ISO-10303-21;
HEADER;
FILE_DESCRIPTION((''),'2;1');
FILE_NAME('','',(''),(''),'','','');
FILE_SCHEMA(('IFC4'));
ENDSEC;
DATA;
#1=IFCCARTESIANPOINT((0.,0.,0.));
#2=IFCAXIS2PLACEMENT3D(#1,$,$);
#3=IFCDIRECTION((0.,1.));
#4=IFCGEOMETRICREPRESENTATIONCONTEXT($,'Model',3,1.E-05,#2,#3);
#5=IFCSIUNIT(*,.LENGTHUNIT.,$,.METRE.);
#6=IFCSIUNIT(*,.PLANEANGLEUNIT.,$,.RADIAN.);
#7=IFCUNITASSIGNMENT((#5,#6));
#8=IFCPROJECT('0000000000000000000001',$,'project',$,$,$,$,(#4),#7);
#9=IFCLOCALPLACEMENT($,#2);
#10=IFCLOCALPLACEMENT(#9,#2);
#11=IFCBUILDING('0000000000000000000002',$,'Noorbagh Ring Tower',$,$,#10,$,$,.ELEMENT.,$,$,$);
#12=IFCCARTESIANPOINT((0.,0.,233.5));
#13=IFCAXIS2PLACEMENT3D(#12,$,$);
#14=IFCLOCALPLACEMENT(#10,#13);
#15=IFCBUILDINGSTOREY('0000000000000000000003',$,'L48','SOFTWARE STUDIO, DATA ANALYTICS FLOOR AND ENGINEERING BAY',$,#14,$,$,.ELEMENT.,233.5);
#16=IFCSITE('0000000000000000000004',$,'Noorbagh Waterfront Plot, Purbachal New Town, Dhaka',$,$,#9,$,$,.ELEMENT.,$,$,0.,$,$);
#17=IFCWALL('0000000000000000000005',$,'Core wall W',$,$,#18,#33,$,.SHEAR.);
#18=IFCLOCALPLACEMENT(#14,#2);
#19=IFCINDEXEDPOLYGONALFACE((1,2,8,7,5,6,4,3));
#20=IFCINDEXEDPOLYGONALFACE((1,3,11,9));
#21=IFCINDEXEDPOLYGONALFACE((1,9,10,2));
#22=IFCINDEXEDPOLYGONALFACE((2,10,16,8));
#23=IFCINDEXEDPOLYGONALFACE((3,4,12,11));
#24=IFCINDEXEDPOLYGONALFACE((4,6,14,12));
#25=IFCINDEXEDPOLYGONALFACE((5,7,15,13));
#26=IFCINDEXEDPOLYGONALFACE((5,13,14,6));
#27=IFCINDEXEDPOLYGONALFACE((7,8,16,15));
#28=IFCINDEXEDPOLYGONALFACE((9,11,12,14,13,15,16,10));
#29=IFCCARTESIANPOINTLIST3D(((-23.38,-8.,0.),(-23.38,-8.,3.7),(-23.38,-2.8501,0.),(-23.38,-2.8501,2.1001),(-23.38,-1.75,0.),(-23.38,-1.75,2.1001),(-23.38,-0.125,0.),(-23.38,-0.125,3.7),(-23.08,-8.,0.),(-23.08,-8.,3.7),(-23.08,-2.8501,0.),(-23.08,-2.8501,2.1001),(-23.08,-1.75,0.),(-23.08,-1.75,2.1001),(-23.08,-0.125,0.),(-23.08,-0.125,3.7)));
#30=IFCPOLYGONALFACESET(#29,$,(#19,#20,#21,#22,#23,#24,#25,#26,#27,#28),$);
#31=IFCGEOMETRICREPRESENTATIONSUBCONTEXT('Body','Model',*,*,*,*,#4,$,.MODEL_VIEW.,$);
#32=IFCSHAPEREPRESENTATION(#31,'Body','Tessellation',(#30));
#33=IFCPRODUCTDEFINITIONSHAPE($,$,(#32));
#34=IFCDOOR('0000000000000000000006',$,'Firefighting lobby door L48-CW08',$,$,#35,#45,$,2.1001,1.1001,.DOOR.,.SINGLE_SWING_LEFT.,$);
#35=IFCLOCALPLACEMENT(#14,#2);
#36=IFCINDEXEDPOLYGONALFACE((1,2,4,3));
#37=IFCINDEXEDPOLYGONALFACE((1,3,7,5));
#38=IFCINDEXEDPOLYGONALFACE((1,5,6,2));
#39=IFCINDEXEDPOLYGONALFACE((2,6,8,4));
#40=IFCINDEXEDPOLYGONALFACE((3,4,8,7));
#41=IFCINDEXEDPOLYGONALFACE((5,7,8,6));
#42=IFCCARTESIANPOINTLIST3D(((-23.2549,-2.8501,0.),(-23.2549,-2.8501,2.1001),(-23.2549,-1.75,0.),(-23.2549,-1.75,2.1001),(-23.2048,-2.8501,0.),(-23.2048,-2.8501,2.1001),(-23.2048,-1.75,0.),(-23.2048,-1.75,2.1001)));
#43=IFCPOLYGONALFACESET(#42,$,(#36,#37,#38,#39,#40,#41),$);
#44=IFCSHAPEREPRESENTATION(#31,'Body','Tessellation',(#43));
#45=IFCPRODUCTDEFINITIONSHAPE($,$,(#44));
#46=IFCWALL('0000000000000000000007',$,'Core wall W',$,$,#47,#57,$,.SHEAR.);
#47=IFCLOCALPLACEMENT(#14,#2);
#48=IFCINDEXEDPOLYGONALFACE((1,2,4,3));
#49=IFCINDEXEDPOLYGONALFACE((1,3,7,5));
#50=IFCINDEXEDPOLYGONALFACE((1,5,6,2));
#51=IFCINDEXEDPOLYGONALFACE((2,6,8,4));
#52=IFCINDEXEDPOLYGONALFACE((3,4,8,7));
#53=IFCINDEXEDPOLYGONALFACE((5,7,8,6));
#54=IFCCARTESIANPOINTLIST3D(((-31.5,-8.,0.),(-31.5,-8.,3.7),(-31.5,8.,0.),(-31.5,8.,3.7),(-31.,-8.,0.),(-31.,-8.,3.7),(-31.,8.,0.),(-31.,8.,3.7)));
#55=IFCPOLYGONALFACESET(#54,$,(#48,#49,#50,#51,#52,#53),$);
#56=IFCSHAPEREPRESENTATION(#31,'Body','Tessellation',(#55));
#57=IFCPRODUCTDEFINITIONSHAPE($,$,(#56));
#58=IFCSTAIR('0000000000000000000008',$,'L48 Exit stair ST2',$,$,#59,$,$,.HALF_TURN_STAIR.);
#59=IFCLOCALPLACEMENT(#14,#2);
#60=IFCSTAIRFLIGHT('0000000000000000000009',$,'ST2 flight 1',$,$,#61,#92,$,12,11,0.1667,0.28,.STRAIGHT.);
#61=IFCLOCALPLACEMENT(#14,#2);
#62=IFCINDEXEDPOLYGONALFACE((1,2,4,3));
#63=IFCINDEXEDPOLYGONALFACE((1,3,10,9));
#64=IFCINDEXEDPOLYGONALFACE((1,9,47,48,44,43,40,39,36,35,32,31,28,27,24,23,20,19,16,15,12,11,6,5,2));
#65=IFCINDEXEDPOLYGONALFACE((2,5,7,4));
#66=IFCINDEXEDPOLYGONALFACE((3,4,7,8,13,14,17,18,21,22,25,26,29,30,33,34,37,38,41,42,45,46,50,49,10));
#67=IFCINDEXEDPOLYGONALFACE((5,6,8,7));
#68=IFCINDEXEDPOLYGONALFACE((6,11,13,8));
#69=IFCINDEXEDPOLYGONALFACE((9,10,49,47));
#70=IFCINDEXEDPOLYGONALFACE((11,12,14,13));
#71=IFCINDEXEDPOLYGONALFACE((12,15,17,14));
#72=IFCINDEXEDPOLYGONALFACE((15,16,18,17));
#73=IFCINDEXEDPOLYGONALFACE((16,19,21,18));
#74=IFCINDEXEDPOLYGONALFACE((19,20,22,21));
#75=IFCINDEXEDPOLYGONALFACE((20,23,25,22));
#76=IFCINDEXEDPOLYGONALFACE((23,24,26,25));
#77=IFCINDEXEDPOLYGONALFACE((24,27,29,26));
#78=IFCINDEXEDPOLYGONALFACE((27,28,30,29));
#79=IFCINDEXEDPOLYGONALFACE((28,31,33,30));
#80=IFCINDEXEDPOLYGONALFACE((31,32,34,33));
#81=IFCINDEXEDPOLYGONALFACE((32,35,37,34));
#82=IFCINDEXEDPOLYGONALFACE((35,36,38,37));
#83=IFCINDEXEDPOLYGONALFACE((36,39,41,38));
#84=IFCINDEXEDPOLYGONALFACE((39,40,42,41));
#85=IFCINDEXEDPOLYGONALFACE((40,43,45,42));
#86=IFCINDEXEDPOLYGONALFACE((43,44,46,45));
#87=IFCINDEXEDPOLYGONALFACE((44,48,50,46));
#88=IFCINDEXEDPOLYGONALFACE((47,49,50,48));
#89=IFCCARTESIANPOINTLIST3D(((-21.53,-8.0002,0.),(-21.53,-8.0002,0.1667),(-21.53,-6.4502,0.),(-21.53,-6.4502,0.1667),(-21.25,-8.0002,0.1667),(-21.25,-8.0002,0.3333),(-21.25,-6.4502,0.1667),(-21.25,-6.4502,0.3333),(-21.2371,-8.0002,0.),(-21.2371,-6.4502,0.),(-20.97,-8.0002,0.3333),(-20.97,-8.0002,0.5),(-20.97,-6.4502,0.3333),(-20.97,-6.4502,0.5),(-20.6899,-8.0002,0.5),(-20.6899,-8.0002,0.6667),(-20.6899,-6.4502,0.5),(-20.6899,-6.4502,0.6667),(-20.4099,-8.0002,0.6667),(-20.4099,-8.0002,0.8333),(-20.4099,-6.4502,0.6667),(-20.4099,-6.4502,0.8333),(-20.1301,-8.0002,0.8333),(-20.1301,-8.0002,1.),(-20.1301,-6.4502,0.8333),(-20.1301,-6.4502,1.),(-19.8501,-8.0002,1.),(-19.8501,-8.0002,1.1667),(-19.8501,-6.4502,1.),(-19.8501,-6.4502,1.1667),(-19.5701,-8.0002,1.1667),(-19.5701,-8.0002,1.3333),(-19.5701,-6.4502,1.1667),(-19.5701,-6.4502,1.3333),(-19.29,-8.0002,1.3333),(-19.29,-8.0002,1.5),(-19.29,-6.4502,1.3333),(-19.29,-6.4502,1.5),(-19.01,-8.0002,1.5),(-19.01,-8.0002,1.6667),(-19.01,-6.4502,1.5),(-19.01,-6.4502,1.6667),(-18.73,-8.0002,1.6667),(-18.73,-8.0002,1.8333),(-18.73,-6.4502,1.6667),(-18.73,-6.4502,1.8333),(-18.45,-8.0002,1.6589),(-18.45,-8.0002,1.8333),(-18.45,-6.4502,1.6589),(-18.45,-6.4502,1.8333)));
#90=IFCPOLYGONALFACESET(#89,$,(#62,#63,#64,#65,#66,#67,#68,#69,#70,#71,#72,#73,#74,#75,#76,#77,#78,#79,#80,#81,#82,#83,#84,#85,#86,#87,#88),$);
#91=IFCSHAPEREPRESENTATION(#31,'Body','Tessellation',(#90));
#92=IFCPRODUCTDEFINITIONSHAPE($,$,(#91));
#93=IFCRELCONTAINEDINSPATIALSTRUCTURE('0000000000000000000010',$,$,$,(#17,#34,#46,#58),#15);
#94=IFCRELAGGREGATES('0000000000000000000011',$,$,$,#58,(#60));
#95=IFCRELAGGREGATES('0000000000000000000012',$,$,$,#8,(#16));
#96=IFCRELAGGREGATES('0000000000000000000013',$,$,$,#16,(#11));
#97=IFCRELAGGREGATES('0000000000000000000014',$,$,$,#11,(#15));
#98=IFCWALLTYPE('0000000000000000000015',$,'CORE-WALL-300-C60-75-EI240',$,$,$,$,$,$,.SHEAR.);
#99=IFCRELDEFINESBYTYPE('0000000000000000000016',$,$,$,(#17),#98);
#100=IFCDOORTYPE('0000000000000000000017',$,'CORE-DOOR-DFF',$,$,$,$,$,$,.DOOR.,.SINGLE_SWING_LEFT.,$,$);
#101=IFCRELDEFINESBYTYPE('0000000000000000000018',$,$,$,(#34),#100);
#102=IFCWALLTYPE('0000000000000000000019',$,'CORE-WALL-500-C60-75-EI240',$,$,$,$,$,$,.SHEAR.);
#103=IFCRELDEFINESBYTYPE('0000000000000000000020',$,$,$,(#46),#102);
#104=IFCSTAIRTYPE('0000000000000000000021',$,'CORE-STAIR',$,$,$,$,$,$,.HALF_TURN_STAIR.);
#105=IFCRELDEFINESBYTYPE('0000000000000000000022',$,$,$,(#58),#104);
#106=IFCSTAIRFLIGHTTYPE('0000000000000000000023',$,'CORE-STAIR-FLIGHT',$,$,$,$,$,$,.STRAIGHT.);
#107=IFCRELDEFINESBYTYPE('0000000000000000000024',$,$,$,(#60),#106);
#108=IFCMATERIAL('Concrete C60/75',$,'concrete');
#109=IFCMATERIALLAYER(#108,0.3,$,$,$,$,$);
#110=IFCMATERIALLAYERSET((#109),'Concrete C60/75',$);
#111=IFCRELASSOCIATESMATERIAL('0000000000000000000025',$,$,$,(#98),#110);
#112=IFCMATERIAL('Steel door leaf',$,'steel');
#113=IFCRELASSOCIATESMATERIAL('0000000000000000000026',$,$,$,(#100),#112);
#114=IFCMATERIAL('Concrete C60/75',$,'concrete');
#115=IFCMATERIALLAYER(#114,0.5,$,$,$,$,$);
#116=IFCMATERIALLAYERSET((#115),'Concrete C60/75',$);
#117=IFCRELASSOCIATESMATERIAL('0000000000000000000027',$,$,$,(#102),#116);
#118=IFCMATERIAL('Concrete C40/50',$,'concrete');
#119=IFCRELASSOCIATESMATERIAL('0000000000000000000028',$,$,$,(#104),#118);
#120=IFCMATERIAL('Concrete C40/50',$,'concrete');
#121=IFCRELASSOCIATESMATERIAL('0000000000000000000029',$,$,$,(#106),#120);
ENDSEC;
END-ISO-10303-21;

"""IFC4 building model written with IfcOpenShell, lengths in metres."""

from ifc_helpers import new_model, si_unit, direction, frame, frame_2d, origin, place, context, subcontext, project, spatial, polyline, rectangle, outline, extrude, material, layer, layer_set, type_object, element, fill, aggregate, save


model = new_model("IFC4")

# Units and contexts
model_context = context("Model", 3, precision=1e-05, world=origin(), true_north=direction((0.0, 1.0)))
body_context = subcontext(model_context, "Body", "Model", "MODEL_VIEW")
ifc_project = project(units=[si_unit("LENGTHUNIT", "METRE"), si_unit("PLANEANGLEUNIT", "RADIAN")], contexts=[model_context])

# Site, building, storey
site_placement = place(None, origin())
site = spatial("IfcSite", under=ifc_project, at=site_placement, Name="Noorbagh Waterfront Plot, Purbachal New Town, Dhaka", CompositionType="ELEMENT", RefElevation=0.0)
building_placement = place(site_placement, origin())
building = spatial("IfcBuilding", under=site, at=building_placement, Name="Noorbagh Ring Tower", CompositionType="ELEMENT")
storey_placement = place(building_placement, frame((0.0, 0.0, 233.5)))
storey = spatial("IfcBuildingStorey", under=building, at=storey_placement, Name="L48", Description="SOFTWARE STUDIO, DATA ANALYTICS FLOOR AND ENGINEERING BAY", CompositionType="ELEMENT", Elevation=233.5)

# Shared definitions
ifc_material_1 = material(Name="Concrete C60/75", Category="concrete")
ifc_layer_1 = layer(ifc_material_1, 0.3)
ifc_layer_set_1 = layer_set([ifc_layer_1], Name="Concrete C60/75")
wall_type_1 = type_object("IfcWallType", Name="CORE-WALL-300-C60-75-EI240", PredefinedType="SHEAR", material=ifc_layer_set_1)

# Wall, opening, door
wall_1_placement = place(storey_placement, frame((-23.23, -8.0, 0.0), z_axis=(0.0, 0.0, 1.0), x_axis=(0.0, 1.0, 0.0)))
wall_1 = element("IfcWall", 1, at=wall_1_placement, inside=storey, type_object=wall_type_1, Name="Core wall W", PredefinedType="SHEAR", context=body_context, shape_type="SweptSolid", body=[
    extrude(rectangle(XDim=7.875, YDim=0.3, at=frame_2d((3.9375, 0.0))), origin(), (0.0, 0.0, 1.0), 3.7),
])
opening_1_placement = place(wall_1_placement, frame((5.1499, 0.0, 0.0)))
opening_1 = element("IfcOpeningElement", 2, at=opening_1_placement, cuts=wall_1, PredefinedType="OPENING", context=body_context, shape_type="SweptSolid", body=[
    extrude(rectangle(XDim=1.1001, YDim=2.1001, at=frame_2d((0.55, 1.05))), frame((0.0, 0.1602, 0.0), z_axis=(0.0, -1.0, 0.0), x_axis=(1.0, 0.0, 0.0)), (0.0, 0.0, 1.0), 0.3201),
])
ifc_material_2 = material(Name="Steel door leaf", Category="steel")
door_type_1 = type_object("IfcDoorType", Name="CORE-DOOR-DFF", OperationType="SINGLE_SWING_LEFT", PredefinedType="DOOR", material=ifc_material_2)
door_1_placement = place(opening_1_placement, origin())
door_1 = element("IfcDoor", 3, at=door_1_placement, inside=storey, type_object=door_type_1, Name="Firefighting lobby door L48-CW08", OperationType="SINGLE_SWING_LEFT", OverallHeight=2.1001, OverallWidth=1.1001, PredefinedType="DOOR", context=body_context, shape_type="SweptSolid", body=[
    extrude(rectangle(XDim=1.1001, YDim=2.1001, at=frame_2d((0.55, 1.05))), frame((0.0, 0.0249, 0.0), z_axis=(0.0, -1.0, 0.0), x_axis=(1.0, 0.0, 0.0)), (0.0, 0.0, 1.0), 0.05),
])
fill(opening_1, door_1)

# Wall
ifc_material_3 = material(Name="Concrete C60/75", Category="concrete")
ifc_layer_2 = layer(ifc_material_3, 0.5)
ifc_layer_set_2 = layer_set([ifc_layer_2], Name="Concrete C60/75")
wall_type_2 = type_object("IfcWallType", Name="CORE-WALL-500-C60-75-EI240", PredefinedType="SHEAR", material=ifc_layer_set_2)
wall_2_placement = place(storey_placement, frame((-31.25, -8.0, 0.0), z_axis=(0.0, 0.0, 1.0), x_axis=(0.0, 1.0, 0.0)))
element("IfcWall", 4, at=wall_2_placement, inside=storey, type_object=wall_type_2, Name="Core wall W", PredefinedType="SHEAR", context=body_context, shape_type="SweptSolid", body=[
    extrude(rectangle(XDim=16.0, YDim=0.5, at=frame_2d((8.0, 0.0))), origin(), (0.0, 0.0, 1.0), 3.7),
])

# Stair, stair flight
ifc_material_4 = material(Name="Concrete C40/50", Category="concrete")
stair_type = type_object("IfcStairType", Name="CORE-STAIR", PredefinedType="HALF_TURN_STAIR", material=ifc_material_4)
stair_placement = place(storey_placement, origin())
stair = element("IfcStair", 5, at=stair_placement, inside=storey, type_object=stair_type, Name="L48 Exit stair ST2", PredefinedType="HALF_TURN_STAIR")
ifc_material_5 = material(Name="Concrete C40/50", Category="concrete")
stair_flight_type = type_object("IfcStairFlightType", Name="CORE-STAIR-FLIGHT", PredefinedType="STRAIGHT", material=ifc_material_5)
stair_flight_placement = place(storey_placement, frame((-21.53, -7.2251, 0.0), z_axis=(0.0, 0.0, 1.0), x_axis=(1.0, 0.0, 0.0)))
stair_flight = element("IfcStairFlight", 6, at=stair_flight_placement, type_object=stair_flight_type, Name="ST2 flight 1", NumberOfRisers=12, NumberOfTreads=11, PredefinedType="STRAIGHT", RiserHeight=0.1667, TreadLength=0.28, context=body_context, shape_type="SweptSolid", body=[
    extrude(outline(polyline([(0.0, 0.0), (0.0, 0.1667), (0.28, 0.1667), (0.28, 0.3333), (0.5601, 0.3333), (0.5601, 0.5), (0.8401, 0.5), (0.8401, 0.6667), (1.1201, 0.6667), (1.1201, 0.8333), (1.3999, 0.8333), (1.3999, 1.0), (1.6799, 1.0), (1.6799, 1.1667), (1.96, 1.1667), (1.96, 1.3333), (2.24, 1.3333), (2.24, 1.5), (2.52, 1.5), (2.52, 1.6667), (2.8, 1.6667), (2.8, 1.8333), (3.0801, 1.8333), (3.0801, 2.0), (3.0801, 1.6589), (0.293, 0.0), (0.0, 0.0)])), frame((0.0, 0.7749, 0.0), z_axis=(0.0, -1.0, 0.0), x_axis=(1.0, 0.0, 0.0)), (0.0, 0.0, 1.0), 1.55),
])
aggregate(stair, [stair_flight])

save(model, "model.ifc")
